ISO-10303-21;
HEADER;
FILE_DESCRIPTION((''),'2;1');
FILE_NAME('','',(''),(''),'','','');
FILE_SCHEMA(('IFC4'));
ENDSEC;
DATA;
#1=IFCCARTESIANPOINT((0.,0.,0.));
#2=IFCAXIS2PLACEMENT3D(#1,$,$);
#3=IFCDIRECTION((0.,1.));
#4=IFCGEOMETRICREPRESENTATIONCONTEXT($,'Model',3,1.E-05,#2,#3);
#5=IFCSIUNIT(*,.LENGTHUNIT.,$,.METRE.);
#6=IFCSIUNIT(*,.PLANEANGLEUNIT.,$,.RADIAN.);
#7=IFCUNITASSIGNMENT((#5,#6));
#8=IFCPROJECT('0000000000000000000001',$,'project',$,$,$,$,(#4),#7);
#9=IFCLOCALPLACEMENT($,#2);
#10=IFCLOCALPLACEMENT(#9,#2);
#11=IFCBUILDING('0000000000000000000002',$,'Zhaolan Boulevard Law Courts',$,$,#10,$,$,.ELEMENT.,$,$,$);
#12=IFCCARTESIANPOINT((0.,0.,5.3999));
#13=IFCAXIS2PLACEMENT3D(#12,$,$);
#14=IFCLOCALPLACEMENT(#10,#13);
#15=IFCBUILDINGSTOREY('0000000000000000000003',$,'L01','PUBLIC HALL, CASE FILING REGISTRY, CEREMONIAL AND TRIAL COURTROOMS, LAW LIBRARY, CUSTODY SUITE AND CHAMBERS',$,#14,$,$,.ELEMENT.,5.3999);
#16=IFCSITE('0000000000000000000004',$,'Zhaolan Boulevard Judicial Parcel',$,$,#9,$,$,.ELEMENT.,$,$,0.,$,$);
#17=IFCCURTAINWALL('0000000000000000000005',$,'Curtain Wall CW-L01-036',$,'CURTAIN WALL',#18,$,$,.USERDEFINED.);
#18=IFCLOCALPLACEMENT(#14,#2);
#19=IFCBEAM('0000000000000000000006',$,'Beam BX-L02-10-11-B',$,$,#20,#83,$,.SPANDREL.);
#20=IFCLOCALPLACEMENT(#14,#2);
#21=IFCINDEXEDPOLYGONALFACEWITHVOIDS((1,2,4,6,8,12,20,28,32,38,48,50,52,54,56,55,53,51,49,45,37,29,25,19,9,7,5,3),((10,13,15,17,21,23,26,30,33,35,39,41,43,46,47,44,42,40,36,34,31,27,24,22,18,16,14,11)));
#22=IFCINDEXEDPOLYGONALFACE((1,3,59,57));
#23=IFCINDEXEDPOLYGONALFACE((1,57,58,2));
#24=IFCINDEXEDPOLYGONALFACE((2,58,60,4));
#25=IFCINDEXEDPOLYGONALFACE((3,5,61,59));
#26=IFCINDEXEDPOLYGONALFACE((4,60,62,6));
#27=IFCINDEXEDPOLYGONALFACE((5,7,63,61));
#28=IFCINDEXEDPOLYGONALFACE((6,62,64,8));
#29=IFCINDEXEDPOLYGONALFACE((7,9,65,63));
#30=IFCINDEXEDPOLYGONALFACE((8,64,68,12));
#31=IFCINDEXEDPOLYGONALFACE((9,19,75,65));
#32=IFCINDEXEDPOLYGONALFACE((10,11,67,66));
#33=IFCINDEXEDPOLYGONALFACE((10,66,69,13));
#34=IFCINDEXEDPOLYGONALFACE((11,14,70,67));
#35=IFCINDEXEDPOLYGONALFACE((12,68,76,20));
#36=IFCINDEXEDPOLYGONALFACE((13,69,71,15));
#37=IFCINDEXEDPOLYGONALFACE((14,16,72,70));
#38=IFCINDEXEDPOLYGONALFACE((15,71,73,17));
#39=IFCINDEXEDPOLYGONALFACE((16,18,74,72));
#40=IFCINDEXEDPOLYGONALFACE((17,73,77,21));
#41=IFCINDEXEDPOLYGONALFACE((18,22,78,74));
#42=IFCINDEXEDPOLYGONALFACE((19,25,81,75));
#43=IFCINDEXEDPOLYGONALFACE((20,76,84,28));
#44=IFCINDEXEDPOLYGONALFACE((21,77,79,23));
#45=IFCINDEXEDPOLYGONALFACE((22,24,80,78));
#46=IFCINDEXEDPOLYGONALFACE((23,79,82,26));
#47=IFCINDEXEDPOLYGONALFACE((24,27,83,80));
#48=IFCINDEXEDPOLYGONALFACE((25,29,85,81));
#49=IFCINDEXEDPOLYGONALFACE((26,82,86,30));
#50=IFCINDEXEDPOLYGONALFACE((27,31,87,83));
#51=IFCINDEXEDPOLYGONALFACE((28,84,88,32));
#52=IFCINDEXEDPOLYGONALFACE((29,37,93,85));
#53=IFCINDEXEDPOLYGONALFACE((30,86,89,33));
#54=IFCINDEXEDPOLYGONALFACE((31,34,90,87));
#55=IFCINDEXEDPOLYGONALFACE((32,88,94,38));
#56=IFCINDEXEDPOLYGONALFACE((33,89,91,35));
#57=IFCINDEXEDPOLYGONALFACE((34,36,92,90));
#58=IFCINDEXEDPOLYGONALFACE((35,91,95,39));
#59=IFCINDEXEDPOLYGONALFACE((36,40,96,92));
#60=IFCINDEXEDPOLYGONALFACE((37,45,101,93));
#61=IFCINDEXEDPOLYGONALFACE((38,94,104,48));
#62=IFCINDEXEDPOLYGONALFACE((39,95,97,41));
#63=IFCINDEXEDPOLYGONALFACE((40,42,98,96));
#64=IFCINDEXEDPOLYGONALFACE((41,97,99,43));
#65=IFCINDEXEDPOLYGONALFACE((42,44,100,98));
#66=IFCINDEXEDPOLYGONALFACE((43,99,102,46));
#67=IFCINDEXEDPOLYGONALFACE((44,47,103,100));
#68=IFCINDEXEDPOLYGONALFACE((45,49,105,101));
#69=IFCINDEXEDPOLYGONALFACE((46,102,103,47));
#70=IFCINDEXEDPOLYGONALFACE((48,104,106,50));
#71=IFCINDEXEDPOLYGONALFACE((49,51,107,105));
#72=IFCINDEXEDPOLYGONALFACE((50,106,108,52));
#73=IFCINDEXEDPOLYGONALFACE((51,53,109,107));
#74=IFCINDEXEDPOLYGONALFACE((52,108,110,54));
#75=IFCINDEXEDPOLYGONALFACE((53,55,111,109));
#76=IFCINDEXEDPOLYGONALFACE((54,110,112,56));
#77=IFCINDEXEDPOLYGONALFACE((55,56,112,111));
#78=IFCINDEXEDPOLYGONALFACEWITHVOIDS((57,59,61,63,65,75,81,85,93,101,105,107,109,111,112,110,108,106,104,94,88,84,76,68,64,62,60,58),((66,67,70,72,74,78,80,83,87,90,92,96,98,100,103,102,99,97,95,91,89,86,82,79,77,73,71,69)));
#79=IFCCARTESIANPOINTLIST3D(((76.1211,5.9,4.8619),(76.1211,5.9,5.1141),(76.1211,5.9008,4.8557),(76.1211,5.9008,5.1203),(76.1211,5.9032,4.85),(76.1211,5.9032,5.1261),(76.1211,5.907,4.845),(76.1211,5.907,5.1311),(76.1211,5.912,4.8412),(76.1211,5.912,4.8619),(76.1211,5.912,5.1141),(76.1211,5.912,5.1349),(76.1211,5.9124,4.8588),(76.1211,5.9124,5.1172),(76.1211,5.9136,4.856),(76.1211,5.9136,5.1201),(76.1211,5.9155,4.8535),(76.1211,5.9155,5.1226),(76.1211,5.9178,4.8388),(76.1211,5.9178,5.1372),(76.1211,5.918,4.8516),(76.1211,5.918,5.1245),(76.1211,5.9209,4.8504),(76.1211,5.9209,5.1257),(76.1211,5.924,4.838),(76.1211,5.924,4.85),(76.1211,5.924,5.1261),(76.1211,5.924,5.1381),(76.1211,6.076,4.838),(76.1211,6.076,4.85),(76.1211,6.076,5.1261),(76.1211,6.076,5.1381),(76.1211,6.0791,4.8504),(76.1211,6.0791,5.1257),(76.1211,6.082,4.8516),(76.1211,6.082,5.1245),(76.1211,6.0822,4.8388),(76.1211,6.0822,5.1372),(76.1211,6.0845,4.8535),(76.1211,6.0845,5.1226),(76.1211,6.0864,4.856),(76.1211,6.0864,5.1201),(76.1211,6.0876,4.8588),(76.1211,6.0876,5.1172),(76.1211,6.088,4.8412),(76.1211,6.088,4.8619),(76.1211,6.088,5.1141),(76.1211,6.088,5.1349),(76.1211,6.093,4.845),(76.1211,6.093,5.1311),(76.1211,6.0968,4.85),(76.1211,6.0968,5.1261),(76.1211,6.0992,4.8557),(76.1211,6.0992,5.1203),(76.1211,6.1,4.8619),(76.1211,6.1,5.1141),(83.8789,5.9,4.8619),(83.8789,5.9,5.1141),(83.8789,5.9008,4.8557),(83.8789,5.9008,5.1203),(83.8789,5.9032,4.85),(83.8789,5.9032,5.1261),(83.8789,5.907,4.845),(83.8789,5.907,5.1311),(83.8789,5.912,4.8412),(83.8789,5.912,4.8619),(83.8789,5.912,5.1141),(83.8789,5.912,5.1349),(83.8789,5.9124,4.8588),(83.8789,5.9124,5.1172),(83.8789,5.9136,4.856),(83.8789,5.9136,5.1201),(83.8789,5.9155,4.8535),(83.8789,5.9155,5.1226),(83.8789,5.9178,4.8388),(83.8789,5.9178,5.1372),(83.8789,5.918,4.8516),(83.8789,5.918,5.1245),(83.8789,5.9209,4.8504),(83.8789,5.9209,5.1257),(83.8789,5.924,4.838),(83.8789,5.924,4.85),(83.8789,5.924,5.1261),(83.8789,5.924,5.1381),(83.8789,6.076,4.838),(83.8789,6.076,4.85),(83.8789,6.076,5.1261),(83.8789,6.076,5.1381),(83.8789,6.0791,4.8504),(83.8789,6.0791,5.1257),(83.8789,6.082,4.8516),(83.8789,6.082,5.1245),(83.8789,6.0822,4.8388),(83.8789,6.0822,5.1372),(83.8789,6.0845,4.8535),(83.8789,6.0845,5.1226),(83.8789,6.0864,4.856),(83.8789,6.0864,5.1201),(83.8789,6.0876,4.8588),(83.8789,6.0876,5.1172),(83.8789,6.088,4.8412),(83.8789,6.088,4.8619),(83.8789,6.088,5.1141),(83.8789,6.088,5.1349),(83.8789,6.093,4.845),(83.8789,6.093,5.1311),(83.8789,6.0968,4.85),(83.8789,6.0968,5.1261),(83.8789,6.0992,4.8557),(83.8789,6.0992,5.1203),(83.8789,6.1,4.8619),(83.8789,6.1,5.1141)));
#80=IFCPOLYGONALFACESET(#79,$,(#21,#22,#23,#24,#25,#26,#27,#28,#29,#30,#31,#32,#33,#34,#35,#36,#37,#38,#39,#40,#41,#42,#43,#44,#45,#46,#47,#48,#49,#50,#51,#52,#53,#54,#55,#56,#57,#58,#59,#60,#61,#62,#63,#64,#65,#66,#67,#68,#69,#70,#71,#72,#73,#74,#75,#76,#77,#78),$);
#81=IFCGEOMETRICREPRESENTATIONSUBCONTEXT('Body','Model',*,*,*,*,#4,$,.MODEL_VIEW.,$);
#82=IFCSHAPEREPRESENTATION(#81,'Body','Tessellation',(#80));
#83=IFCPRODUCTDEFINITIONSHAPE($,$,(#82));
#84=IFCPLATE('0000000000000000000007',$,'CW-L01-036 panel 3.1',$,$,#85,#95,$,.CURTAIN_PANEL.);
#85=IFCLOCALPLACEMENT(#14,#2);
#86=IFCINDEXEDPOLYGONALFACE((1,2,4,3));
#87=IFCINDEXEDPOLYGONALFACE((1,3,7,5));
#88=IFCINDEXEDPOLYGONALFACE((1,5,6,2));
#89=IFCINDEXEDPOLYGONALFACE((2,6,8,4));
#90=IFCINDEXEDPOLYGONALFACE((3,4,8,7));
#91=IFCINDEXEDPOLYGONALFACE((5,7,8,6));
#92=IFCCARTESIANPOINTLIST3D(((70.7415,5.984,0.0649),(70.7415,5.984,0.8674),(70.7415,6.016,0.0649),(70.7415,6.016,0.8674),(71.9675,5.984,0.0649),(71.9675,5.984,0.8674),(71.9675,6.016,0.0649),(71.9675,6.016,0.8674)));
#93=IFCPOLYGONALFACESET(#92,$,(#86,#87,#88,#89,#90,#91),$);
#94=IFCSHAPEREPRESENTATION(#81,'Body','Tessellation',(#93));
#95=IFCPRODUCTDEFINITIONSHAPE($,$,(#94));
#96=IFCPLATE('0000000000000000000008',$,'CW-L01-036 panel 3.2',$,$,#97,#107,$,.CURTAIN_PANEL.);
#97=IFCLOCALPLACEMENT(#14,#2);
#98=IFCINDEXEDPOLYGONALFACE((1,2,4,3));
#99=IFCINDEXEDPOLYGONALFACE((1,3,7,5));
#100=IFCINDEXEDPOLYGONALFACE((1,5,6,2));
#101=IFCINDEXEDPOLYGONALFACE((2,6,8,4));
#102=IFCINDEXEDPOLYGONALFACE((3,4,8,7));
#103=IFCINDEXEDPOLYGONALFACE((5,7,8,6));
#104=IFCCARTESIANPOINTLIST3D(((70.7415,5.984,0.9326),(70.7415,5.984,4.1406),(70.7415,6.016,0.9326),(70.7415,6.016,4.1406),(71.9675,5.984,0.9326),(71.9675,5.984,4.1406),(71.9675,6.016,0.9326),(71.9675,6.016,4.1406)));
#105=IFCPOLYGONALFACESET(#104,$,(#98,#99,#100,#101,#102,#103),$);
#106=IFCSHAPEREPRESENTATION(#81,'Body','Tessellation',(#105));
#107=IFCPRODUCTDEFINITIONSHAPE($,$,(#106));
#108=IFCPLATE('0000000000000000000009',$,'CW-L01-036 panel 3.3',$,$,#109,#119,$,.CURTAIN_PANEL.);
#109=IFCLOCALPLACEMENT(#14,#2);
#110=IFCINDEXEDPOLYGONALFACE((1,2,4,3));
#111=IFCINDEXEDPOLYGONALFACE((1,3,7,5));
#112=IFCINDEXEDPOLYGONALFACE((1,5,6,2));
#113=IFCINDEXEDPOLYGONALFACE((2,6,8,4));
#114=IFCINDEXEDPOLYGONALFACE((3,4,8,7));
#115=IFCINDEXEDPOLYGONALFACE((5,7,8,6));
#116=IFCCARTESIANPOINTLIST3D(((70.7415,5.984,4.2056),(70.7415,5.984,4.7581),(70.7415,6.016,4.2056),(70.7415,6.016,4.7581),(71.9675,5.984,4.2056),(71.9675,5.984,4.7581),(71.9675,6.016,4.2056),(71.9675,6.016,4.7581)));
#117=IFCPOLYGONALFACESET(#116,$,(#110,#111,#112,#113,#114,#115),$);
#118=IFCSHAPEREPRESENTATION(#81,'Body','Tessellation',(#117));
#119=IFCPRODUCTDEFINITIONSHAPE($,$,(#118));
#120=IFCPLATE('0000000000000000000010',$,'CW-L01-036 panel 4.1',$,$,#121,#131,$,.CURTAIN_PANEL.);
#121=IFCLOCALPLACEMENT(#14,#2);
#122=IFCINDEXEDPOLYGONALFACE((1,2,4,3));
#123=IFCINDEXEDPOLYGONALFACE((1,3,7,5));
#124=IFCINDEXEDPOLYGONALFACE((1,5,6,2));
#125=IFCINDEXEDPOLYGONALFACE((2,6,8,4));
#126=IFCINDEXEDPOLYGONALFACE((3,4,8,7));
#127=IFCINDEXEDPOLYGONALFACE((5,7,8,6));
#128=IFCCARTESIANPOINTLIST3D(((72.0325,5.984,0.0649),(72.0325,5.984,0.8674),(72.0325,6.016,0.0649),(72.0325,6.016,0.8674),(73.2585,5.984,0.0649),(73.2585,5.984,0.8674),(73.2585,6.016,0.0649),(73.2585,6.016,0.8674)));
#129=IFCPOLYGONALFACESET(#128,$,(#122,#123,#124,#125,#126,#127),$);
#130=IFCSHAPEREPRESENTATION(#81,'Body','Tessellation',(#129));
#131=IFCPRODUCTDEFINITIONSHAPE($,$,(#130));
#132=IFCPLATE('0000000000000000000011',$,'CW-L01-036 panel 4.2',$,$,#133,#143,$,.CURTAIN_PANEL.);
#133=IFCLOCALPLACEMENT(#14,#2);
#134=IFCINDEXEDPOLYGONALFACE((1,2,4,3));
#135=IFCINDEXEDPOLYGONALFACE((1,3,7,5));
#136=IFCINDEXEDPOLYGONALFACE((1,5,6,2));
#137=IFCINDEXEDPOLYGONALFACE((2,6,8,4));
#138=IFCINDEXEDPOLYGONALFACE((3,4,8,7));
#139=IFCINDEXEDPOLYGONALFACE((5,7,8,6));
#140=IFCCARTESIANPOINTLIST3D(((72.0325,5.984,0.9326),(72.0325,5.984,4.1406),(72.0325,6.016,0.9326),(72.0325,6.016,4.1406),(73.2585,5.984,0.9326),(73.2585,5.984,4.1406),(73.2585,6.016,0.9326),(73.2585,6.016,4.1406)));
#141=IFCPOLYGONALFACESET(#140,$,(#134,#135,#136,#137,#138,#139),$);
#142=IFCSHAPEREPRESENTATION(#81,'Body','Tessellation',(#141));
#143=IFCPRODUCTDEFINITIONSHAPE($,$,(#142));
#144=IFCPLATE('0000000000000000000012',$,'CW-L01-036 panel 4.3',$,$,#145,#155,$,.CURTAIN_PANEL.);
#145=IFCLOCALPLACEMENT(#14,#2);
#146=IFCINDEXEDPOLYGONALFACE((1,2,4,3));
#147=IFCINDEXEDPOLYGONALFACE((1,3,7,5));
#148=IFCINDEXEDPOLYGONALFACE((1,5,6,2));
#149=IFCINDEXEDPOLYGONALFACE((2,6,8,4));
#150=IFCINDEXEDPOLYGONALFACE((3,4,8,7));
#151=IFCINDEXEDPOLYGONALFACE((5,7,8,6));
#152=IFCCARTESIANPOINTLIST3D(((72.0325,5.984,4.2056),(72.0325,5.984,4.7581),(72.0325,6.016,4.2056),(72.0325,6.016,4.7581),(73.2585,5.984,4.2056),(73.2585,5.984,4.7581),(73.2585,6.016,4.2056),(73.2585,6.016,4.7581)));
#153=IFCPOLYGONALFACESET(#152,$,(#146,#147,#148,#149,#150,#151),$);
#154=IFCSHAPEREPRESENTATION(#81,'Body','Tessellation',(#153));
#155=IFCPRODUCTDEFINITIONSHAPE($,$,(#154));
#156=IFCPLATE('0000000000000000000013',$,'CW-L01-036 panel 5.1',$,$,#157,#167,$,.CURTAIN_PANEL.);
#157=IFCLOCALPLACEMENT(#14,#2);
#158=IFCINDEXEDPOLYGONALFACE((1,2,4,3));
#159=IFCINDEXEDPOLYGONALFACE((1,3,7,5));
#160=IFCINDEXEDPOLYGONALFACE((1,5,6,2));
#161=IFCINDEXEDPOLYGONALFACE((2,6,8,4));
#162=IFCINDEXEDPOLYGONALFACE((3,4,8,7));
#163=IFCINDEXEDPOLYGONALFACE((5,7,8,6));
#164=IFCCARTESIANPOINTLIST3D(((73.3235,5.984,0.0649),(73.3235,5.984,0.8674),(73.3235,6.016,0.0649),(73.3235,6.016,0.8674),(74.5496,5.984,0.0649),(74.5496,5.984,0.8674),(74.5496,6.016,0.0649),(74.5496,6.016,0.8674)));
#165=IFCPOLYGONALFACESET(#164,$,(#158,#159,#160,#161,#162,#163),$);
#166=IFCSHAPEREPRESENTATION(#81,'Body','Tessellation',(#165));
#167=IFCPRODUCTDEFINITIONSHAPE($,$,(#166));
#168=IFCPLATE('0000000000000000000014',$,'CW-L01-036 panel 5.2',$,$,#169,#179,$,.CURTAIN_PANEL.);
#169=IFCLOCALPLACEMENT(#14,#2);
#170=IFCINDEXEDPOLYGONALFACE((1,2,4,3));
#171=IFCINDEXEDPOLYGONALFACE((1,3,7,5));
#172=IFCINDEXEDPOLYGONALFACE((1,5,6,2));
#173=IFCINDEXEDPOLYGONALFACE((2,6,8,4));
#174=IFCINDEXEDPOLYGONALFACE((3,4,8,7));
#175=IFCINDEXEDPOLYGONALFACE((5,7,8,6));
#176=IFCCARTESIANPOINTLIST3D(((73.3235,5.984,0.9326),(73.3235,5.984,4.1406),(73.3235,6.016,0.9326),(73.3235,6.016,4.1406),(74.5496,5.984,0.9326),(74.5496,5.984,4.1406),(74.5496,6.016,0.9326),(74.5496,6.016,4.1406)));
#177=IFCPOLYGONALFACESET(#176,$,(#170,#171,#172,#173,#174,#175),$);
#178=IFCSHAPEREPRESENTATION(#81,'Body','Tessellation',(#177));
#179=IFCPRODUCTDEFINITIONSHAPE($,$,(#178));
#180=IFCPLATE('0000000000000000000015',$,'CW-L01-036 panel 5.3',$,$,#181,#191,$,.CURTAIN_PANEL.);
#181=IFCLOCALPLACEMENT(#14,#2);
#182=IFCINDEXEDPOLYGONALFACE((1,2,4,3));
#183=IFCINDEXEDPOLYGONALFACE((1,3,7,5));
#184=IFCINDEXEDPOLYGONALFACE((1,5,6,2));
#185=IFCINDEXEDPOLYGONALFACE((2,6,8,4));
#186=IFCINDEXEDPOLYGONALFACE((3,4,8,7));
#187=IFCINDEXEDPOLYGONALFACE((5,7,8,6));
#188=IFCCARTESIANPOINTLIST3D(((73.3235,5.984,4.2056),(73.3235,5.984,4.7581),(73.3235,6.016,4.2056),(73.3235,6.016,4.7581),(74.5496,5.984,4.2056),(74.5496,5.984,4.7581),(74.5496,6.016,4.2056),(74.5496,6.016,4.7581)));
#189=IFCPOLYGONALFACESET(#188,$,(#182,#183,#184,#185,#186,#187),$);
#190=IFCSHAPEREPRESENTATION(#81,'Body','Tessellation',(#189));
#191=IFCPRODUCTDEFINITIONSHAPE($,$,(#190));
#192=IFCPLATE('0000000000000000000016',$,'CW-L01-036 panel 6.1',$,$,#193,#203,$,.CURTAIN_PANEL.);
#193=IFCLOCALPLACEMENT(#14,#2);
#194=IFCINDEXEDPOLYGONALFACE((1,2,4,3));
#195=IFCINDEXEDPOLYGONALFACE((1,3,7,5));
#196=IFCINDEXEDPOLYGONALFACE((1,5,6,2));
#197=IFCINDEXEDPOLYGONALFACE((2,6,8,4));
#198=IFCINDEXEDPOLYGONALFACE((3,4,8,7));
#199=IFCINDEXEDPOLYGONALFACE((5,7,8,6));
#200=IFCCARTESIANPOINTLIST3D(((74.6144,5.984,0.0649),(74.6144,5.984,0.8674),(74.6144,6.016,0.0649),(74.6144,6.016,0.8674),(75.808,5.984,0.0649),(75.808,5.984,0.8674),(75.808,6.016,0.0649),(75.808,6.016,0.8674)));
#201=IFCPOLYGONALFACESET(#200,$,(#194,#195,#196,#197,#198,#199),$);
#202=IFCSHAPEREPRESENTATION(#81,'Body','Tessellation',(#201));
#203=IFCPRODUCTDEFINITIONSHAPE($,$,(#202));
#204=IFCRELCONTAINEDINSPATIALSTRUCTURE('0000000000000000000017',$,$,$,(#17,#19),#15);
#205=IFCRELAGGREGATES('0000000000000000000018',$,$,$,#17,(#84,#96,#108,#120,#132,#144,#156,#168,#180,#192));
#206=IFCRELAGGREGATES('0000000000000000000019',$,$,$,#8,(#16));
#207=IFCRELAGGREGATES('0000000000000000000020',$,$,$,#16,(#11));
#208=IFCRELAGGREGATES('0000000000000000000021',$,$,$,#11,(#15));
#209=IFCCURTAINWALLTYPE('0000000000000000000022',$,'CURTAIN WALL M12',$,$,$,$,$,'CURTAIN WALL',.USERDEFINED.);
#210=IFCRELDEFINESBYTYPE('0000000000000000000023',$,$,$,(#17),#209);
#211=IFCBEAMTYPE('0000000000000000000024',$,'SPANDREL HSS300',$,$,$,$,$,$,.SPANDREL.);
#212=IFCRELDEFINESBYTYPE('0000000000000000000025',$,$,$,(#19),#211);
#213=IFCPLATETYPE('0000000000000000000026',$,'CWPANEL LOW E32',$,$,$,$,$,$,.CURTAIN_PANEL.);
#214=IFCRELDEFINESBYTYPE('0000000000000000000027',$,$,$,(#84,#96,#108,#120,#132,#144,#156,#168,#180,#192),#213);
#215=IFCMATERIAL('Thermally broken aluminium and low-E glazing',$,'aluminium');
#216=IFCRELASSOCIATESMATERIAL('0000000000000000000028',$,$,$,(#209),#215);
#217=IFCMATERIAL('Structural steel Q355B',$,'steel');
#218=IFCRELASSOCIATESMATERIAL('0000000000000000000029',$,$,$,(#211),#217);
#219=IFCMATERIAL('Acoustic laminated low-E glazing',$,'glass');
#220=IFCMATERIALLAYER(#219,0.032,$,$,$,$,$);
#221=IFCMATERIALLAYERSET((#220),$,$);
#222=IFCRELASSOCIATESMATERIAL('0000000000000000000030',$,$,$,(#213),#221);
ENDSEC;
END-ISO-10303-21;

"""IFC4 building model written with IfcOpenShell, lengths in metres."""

from ifc_helpers import new_model, si_unit, direction, frame, origin, origin_2d, place, context, subcontext, project, spatial, rectangle, hollow_rectangle, extrude, material, layer, layer_set, material_profile, profile_set, type_object, element, aggregate, save


model = new_model("IFC4")

# Units and contexts
model_context = context("Model", 3, precision=1e-05, world=origin(), true_north=direction((0.0, 1.0)))
body_context = subcontext(model_context, "Body", "Model", "MODEL_VIEW")
ifc_project = project(units=[si_unit("LENGTHUNIT", "METRE"), si_unit("PLANEANGLEUNIT", "RADIAN")], contexts=[model_context])

# Site, building, storey
site_placement = place(None, origin())
site = spatial("IfcSite", under=ifc_project, at=site_placement, Name="Zhaolan Boulevard Judicial Parcel", CompositionType="ELEMENT", RefElevation=0.0)
building_placement = place(site_placement, origin())
building = spatial("IfcBuilding", under=site, at=building_placement, Name="Zhaolan Boulevard Law Courts", CompositionType="ELEMENT")
storey_placement = place(building_placement, frame((0.0, 0.0, 5.3999)))
storey = spatial("IfcBuildingStorey", under=building, at=storey_placement, Name="L01", Description="PUBLIC HALL, CASE FILING REGISTRY, CEREMONIAL AND TRIAL COURTROOMS, LAW LIBRARY, CUSTODY SUITE AND CHAMBERS", CompositionType="ELEMENT", Elevation=5.3999)

# Curtain wall
ifc_material_1 = material(Name="Thermally broken aluminium and low-E glazing", Category="aluminium")
curtain_wall_type_1 = type_object("IfcCurtainWallType", Name="CURTAIN WALL M12", ElementType="CURTAIN WALL", PredefinedType="USERDEFINED", material=ifc_material_1)
curtain_wall_1_placement = place(storey_placement, origin())
curtain_wall_1 = element("IfcCurtainWall", 1, at=curtain_wall_1_placement, inside=storey, type_object=curtain_wall_type_1, Name="Curtain Wall CW-L01-036", ObjectType="CURTAIN WALL", PredefinedType="USERDEFINED")

# Beam
ifc_material_2 = material(Name="Structural steel Q355B", Category="steel")
ifc_material_profile_1 = material_profile(ifc_material_2, hollow_rectangle(XDim=0.2, YDim=0.3, WallThickness=0.012, InnerFilletRadius=0.012, OuterFilletRadius=0.0239, at=origin_2d()), Name="HSS300x200x12")
ifc_profile_set_1 = profile_set([ifc_material_profile_1], Name="Structural steel Q355B")
beam_type = type_object("IfcBeamType", Name="SPANDREL HSS300", PredefinedType="SPANDREL", material=ifc_profile_set_1)
beam_placement = place(storey_placement, frame((76.1211, 6.0, 4.988), z_axis=(1.0, 0.0, 0.0), x_axis=(0.0, 1.0, 0.0)))
element("IfcBeam", 2, at=beam_placement, inside=storey, type_object=beam_type, Name="Beam BX-L02-10-11-B", PredefinedType="SPANDREL", context=body_context, shape_type="SweptSolid", body=[
    extrude(hollow_rectangle(XDim=0.2, YDim=0.3, WallThickness=0.012, InnerFilletRadius=0.012, OuterFilletRadius=0.0239, at=origin_2d()), origin(), (0.0, 0.0, 1.0), 7.7578),
])

# Plates
ifc_material_3 = material(Name="Acoustic laminated low-E glazing", Category="glass")
ifc_layer_1 = layer(ifc_material_3, 0.032)
ifc_layer_set_1 = layer_set([ifc_layer_1])
plate_type_1 = type_object("IfcPlateType", Name="CWPANEL LOW E32", PredefinedType="CURTAIN_PANEL", material=ifc_layer_set_1)
plate_1_placement = place(storey_placement, frame((71.3545, 6.0, 0.0649), z_axis=(0.0, 0.0, 1.0), x_axis=(1.0, 0.0, 0.0)))
plate_1 = element("IfcPlate", 3, at=plate_1_placement, type_object=plate_type_1, Name="CW-L01-036 panel 3.1", PredefinedType="CURTAIN_PANEL", context=body_context, shape_type="SweptSolid", body=[
    extrude(rectangle(XDim=1.2261, YDim=0.032, at=origin_2d()), origin(), (0.0, 0.0, 1.0), 0.8025),
])
plate_2_placement = place(storey_placement, frame((71.3545, 6.0, 0.9326), z_axis=(0.0, 0.0, 1.0), x_axis=(1.0, 0.0, 0.0)))
plate_2 = element("IfcPlate", 4, at=plate_2_placement, type_object=plate_type_1, Name="CW-L01-036 panel 3.2", PredefinedType="CURTAIN_PANEL", context=body_context, shape_type="SweptSolid", body=[
    extrude(rectangle(XDim=1.2261, YDim=0.032, at=origin_2d()), origin(), (0.0, 0.0, 1.0), 3.208),
])
plate_3_placement = place(storey_placement, frame((71.3545, 6.0, 4.2056), z_axis=(0.0, 0.0, 1.0), x_axis=(1.0, 0.0, 0.0)))
plate_3 = element("IfcPlate", 5, at=plate_3_placement, type_object=plate_type_1, Name="CW-L01-036 panel 3.3", PredefinedType="CURTAIN_PANEL", context=body_context, shape_type="SweptSolid", body=[
    extrude(rectangle(XDim=1.2261, YDim=0.032, at=origin_2d()), origin(), (0.0, 0.0, 1.0), 0.5525),
])
plate_4_placement = place(storey_placement, frame((72.6455, 6.0, 0.0649), z_axis=(0.0, 0.0, 1.0), x_axis=(1.0, 0.0, 0.0)))
plate_4 = element("IfcPlate", 6, at=plate_4_placement, type_object=plate_type_1, Name="CW-L01-036 panel 4.1", PredefinedType="CURTAIN_PANEL", context=body_context, shape_type="SweptSolid", body=[
    extrude(rectangle(XDim=1.2261, YDim=0.032, at=origin_2d()), origin(), (0.0, 0.0, 1.0), 0.8025),
])
plate_5_placement = place(storey_placement, frame((72.6455, 6.0, 0.9326), z_axis=(0.0, 0.0, 1.0), x_axis=(1.0, 0.0, 0.0)))
plate_5 = element("IfcPlate", 7, at=plate_5_placement, type_object=plate_type_1, Name="CW-L01-036 panel 4.2", PredefinedType="CURTAIN_PANEL", context=body_context, shape_type="SweptSolid", body=[
    extrude(rectangle(XDim=1.2261, YDim=0.032, at=origin_2d()), origin(), (0.0, 0.0, 1.0), 3.208),
])
plate_6_placement = place(storey_placement, frame((72.6455, 6.0, 4.2056), z_axis=(0.0, 0.0, 1.0), x_axis=(1.0, 0.0, 0.0)))
plate_6 = element("IfcPlate", 8, at=plate_6_placement, type_object=plate_type_1, Name="CW-L01-036 panel 4.3", PredefinedType="CURTAIN_PANEL", context=body_context, shape_type="SweptSolid", body=[
    extrude(rectangle(XDim=1.2261, YDim=0.032, at=origin_2d()), origin(), (0.0, 0.0, 1.0), 0.5525),
])
plate_7_placement = place(storey_placement, frame((73.9365, 6.0, 0.0649), z_axis=(0.0, 0.0, 1.0), x_axis=(1.0, 0.0, 0.0)))
plate_7 = element("IfcPlate", 9, at=plate_7_placement, type_object=plate_type_1, Name="CW-L01-036 panel 5.1", PredefinedType="CURTAIN_PANEL", context=body_context, shape_type="SweptSolid", body=[
    extrude(rectangle(XDim=1.2261, YDim=0.032, at=origin_2d()), origin(), (0.0, 0.0, 1.0), 0.8025),
])
plate_8_placement = place(storey_placement, frame((73.9365, 6.0, 0.9326), z_axis=(0.0, 0.0, 1.0), x_axis=(1.0, 0.0, 0.0)))
plate_8 = element("IfcPlate", 10, at=plate_8_placement, type_object=plate_type_1, Name="CW-L01-036 panel 5.2", PredefinedType="CURTAIN_PANEL", context=body_context, shape_type="SweptSolid", body=[
    extrude(rectangle(XDim=1.2261, YDim=0.032, at=origin_2d()), origin(), (0.0, 0.0, 1.0), 3.208),
])
plate_9_placement = place(storey_placement, frame((73.9365, 6.0, 4.2056), z_axis=(0.0, 0.0, 1.0), x_axis=(1.0, 0.0, 0.0)))
plate_9 = element("IfcPlate", 11, at=plate_9_placement, type_object=plate_type_1, Name="CW-L01-036 panel 5.3", PredefinedType="CURTAIN_PANEL", context=body_context, shape_type="SweptSolid", body=[
    extrude(rectangle(XDim=1.2261, YDim=0.032, at=origin_2d()), origin(), (0.0, 0.0, 1.0), 0.5525),
])
plate_10_placement = place(storey_placement, frame((75.2112, 6.0, 0.0649), z_axis=(0.0, 0.0, 1.0), x_axis=(1.0, 0.0, 0.0)))
plate_10 = element("IfcPlate", 12, at=plate_10_placement, type_object=plate_type_1, Name="CW-L01-036 panel 6.1", PredefinedType="CURTAIN_PANEL", context=body_context, shape_type="SweptSolid", body=[
    extrude(rectangle(XDim=1.1936, YDim=0.032, at=origin_2d()), origin(), (0.0, 0.0, 1.0), 0.8025),
])
aggregate(curtain_wall_1, [plate_1, plate_2, plate_3, plate_4, plate_5, plate_6, plate_7, plate_8, plate_9, plate_10])

save(model, "model.ifc")
